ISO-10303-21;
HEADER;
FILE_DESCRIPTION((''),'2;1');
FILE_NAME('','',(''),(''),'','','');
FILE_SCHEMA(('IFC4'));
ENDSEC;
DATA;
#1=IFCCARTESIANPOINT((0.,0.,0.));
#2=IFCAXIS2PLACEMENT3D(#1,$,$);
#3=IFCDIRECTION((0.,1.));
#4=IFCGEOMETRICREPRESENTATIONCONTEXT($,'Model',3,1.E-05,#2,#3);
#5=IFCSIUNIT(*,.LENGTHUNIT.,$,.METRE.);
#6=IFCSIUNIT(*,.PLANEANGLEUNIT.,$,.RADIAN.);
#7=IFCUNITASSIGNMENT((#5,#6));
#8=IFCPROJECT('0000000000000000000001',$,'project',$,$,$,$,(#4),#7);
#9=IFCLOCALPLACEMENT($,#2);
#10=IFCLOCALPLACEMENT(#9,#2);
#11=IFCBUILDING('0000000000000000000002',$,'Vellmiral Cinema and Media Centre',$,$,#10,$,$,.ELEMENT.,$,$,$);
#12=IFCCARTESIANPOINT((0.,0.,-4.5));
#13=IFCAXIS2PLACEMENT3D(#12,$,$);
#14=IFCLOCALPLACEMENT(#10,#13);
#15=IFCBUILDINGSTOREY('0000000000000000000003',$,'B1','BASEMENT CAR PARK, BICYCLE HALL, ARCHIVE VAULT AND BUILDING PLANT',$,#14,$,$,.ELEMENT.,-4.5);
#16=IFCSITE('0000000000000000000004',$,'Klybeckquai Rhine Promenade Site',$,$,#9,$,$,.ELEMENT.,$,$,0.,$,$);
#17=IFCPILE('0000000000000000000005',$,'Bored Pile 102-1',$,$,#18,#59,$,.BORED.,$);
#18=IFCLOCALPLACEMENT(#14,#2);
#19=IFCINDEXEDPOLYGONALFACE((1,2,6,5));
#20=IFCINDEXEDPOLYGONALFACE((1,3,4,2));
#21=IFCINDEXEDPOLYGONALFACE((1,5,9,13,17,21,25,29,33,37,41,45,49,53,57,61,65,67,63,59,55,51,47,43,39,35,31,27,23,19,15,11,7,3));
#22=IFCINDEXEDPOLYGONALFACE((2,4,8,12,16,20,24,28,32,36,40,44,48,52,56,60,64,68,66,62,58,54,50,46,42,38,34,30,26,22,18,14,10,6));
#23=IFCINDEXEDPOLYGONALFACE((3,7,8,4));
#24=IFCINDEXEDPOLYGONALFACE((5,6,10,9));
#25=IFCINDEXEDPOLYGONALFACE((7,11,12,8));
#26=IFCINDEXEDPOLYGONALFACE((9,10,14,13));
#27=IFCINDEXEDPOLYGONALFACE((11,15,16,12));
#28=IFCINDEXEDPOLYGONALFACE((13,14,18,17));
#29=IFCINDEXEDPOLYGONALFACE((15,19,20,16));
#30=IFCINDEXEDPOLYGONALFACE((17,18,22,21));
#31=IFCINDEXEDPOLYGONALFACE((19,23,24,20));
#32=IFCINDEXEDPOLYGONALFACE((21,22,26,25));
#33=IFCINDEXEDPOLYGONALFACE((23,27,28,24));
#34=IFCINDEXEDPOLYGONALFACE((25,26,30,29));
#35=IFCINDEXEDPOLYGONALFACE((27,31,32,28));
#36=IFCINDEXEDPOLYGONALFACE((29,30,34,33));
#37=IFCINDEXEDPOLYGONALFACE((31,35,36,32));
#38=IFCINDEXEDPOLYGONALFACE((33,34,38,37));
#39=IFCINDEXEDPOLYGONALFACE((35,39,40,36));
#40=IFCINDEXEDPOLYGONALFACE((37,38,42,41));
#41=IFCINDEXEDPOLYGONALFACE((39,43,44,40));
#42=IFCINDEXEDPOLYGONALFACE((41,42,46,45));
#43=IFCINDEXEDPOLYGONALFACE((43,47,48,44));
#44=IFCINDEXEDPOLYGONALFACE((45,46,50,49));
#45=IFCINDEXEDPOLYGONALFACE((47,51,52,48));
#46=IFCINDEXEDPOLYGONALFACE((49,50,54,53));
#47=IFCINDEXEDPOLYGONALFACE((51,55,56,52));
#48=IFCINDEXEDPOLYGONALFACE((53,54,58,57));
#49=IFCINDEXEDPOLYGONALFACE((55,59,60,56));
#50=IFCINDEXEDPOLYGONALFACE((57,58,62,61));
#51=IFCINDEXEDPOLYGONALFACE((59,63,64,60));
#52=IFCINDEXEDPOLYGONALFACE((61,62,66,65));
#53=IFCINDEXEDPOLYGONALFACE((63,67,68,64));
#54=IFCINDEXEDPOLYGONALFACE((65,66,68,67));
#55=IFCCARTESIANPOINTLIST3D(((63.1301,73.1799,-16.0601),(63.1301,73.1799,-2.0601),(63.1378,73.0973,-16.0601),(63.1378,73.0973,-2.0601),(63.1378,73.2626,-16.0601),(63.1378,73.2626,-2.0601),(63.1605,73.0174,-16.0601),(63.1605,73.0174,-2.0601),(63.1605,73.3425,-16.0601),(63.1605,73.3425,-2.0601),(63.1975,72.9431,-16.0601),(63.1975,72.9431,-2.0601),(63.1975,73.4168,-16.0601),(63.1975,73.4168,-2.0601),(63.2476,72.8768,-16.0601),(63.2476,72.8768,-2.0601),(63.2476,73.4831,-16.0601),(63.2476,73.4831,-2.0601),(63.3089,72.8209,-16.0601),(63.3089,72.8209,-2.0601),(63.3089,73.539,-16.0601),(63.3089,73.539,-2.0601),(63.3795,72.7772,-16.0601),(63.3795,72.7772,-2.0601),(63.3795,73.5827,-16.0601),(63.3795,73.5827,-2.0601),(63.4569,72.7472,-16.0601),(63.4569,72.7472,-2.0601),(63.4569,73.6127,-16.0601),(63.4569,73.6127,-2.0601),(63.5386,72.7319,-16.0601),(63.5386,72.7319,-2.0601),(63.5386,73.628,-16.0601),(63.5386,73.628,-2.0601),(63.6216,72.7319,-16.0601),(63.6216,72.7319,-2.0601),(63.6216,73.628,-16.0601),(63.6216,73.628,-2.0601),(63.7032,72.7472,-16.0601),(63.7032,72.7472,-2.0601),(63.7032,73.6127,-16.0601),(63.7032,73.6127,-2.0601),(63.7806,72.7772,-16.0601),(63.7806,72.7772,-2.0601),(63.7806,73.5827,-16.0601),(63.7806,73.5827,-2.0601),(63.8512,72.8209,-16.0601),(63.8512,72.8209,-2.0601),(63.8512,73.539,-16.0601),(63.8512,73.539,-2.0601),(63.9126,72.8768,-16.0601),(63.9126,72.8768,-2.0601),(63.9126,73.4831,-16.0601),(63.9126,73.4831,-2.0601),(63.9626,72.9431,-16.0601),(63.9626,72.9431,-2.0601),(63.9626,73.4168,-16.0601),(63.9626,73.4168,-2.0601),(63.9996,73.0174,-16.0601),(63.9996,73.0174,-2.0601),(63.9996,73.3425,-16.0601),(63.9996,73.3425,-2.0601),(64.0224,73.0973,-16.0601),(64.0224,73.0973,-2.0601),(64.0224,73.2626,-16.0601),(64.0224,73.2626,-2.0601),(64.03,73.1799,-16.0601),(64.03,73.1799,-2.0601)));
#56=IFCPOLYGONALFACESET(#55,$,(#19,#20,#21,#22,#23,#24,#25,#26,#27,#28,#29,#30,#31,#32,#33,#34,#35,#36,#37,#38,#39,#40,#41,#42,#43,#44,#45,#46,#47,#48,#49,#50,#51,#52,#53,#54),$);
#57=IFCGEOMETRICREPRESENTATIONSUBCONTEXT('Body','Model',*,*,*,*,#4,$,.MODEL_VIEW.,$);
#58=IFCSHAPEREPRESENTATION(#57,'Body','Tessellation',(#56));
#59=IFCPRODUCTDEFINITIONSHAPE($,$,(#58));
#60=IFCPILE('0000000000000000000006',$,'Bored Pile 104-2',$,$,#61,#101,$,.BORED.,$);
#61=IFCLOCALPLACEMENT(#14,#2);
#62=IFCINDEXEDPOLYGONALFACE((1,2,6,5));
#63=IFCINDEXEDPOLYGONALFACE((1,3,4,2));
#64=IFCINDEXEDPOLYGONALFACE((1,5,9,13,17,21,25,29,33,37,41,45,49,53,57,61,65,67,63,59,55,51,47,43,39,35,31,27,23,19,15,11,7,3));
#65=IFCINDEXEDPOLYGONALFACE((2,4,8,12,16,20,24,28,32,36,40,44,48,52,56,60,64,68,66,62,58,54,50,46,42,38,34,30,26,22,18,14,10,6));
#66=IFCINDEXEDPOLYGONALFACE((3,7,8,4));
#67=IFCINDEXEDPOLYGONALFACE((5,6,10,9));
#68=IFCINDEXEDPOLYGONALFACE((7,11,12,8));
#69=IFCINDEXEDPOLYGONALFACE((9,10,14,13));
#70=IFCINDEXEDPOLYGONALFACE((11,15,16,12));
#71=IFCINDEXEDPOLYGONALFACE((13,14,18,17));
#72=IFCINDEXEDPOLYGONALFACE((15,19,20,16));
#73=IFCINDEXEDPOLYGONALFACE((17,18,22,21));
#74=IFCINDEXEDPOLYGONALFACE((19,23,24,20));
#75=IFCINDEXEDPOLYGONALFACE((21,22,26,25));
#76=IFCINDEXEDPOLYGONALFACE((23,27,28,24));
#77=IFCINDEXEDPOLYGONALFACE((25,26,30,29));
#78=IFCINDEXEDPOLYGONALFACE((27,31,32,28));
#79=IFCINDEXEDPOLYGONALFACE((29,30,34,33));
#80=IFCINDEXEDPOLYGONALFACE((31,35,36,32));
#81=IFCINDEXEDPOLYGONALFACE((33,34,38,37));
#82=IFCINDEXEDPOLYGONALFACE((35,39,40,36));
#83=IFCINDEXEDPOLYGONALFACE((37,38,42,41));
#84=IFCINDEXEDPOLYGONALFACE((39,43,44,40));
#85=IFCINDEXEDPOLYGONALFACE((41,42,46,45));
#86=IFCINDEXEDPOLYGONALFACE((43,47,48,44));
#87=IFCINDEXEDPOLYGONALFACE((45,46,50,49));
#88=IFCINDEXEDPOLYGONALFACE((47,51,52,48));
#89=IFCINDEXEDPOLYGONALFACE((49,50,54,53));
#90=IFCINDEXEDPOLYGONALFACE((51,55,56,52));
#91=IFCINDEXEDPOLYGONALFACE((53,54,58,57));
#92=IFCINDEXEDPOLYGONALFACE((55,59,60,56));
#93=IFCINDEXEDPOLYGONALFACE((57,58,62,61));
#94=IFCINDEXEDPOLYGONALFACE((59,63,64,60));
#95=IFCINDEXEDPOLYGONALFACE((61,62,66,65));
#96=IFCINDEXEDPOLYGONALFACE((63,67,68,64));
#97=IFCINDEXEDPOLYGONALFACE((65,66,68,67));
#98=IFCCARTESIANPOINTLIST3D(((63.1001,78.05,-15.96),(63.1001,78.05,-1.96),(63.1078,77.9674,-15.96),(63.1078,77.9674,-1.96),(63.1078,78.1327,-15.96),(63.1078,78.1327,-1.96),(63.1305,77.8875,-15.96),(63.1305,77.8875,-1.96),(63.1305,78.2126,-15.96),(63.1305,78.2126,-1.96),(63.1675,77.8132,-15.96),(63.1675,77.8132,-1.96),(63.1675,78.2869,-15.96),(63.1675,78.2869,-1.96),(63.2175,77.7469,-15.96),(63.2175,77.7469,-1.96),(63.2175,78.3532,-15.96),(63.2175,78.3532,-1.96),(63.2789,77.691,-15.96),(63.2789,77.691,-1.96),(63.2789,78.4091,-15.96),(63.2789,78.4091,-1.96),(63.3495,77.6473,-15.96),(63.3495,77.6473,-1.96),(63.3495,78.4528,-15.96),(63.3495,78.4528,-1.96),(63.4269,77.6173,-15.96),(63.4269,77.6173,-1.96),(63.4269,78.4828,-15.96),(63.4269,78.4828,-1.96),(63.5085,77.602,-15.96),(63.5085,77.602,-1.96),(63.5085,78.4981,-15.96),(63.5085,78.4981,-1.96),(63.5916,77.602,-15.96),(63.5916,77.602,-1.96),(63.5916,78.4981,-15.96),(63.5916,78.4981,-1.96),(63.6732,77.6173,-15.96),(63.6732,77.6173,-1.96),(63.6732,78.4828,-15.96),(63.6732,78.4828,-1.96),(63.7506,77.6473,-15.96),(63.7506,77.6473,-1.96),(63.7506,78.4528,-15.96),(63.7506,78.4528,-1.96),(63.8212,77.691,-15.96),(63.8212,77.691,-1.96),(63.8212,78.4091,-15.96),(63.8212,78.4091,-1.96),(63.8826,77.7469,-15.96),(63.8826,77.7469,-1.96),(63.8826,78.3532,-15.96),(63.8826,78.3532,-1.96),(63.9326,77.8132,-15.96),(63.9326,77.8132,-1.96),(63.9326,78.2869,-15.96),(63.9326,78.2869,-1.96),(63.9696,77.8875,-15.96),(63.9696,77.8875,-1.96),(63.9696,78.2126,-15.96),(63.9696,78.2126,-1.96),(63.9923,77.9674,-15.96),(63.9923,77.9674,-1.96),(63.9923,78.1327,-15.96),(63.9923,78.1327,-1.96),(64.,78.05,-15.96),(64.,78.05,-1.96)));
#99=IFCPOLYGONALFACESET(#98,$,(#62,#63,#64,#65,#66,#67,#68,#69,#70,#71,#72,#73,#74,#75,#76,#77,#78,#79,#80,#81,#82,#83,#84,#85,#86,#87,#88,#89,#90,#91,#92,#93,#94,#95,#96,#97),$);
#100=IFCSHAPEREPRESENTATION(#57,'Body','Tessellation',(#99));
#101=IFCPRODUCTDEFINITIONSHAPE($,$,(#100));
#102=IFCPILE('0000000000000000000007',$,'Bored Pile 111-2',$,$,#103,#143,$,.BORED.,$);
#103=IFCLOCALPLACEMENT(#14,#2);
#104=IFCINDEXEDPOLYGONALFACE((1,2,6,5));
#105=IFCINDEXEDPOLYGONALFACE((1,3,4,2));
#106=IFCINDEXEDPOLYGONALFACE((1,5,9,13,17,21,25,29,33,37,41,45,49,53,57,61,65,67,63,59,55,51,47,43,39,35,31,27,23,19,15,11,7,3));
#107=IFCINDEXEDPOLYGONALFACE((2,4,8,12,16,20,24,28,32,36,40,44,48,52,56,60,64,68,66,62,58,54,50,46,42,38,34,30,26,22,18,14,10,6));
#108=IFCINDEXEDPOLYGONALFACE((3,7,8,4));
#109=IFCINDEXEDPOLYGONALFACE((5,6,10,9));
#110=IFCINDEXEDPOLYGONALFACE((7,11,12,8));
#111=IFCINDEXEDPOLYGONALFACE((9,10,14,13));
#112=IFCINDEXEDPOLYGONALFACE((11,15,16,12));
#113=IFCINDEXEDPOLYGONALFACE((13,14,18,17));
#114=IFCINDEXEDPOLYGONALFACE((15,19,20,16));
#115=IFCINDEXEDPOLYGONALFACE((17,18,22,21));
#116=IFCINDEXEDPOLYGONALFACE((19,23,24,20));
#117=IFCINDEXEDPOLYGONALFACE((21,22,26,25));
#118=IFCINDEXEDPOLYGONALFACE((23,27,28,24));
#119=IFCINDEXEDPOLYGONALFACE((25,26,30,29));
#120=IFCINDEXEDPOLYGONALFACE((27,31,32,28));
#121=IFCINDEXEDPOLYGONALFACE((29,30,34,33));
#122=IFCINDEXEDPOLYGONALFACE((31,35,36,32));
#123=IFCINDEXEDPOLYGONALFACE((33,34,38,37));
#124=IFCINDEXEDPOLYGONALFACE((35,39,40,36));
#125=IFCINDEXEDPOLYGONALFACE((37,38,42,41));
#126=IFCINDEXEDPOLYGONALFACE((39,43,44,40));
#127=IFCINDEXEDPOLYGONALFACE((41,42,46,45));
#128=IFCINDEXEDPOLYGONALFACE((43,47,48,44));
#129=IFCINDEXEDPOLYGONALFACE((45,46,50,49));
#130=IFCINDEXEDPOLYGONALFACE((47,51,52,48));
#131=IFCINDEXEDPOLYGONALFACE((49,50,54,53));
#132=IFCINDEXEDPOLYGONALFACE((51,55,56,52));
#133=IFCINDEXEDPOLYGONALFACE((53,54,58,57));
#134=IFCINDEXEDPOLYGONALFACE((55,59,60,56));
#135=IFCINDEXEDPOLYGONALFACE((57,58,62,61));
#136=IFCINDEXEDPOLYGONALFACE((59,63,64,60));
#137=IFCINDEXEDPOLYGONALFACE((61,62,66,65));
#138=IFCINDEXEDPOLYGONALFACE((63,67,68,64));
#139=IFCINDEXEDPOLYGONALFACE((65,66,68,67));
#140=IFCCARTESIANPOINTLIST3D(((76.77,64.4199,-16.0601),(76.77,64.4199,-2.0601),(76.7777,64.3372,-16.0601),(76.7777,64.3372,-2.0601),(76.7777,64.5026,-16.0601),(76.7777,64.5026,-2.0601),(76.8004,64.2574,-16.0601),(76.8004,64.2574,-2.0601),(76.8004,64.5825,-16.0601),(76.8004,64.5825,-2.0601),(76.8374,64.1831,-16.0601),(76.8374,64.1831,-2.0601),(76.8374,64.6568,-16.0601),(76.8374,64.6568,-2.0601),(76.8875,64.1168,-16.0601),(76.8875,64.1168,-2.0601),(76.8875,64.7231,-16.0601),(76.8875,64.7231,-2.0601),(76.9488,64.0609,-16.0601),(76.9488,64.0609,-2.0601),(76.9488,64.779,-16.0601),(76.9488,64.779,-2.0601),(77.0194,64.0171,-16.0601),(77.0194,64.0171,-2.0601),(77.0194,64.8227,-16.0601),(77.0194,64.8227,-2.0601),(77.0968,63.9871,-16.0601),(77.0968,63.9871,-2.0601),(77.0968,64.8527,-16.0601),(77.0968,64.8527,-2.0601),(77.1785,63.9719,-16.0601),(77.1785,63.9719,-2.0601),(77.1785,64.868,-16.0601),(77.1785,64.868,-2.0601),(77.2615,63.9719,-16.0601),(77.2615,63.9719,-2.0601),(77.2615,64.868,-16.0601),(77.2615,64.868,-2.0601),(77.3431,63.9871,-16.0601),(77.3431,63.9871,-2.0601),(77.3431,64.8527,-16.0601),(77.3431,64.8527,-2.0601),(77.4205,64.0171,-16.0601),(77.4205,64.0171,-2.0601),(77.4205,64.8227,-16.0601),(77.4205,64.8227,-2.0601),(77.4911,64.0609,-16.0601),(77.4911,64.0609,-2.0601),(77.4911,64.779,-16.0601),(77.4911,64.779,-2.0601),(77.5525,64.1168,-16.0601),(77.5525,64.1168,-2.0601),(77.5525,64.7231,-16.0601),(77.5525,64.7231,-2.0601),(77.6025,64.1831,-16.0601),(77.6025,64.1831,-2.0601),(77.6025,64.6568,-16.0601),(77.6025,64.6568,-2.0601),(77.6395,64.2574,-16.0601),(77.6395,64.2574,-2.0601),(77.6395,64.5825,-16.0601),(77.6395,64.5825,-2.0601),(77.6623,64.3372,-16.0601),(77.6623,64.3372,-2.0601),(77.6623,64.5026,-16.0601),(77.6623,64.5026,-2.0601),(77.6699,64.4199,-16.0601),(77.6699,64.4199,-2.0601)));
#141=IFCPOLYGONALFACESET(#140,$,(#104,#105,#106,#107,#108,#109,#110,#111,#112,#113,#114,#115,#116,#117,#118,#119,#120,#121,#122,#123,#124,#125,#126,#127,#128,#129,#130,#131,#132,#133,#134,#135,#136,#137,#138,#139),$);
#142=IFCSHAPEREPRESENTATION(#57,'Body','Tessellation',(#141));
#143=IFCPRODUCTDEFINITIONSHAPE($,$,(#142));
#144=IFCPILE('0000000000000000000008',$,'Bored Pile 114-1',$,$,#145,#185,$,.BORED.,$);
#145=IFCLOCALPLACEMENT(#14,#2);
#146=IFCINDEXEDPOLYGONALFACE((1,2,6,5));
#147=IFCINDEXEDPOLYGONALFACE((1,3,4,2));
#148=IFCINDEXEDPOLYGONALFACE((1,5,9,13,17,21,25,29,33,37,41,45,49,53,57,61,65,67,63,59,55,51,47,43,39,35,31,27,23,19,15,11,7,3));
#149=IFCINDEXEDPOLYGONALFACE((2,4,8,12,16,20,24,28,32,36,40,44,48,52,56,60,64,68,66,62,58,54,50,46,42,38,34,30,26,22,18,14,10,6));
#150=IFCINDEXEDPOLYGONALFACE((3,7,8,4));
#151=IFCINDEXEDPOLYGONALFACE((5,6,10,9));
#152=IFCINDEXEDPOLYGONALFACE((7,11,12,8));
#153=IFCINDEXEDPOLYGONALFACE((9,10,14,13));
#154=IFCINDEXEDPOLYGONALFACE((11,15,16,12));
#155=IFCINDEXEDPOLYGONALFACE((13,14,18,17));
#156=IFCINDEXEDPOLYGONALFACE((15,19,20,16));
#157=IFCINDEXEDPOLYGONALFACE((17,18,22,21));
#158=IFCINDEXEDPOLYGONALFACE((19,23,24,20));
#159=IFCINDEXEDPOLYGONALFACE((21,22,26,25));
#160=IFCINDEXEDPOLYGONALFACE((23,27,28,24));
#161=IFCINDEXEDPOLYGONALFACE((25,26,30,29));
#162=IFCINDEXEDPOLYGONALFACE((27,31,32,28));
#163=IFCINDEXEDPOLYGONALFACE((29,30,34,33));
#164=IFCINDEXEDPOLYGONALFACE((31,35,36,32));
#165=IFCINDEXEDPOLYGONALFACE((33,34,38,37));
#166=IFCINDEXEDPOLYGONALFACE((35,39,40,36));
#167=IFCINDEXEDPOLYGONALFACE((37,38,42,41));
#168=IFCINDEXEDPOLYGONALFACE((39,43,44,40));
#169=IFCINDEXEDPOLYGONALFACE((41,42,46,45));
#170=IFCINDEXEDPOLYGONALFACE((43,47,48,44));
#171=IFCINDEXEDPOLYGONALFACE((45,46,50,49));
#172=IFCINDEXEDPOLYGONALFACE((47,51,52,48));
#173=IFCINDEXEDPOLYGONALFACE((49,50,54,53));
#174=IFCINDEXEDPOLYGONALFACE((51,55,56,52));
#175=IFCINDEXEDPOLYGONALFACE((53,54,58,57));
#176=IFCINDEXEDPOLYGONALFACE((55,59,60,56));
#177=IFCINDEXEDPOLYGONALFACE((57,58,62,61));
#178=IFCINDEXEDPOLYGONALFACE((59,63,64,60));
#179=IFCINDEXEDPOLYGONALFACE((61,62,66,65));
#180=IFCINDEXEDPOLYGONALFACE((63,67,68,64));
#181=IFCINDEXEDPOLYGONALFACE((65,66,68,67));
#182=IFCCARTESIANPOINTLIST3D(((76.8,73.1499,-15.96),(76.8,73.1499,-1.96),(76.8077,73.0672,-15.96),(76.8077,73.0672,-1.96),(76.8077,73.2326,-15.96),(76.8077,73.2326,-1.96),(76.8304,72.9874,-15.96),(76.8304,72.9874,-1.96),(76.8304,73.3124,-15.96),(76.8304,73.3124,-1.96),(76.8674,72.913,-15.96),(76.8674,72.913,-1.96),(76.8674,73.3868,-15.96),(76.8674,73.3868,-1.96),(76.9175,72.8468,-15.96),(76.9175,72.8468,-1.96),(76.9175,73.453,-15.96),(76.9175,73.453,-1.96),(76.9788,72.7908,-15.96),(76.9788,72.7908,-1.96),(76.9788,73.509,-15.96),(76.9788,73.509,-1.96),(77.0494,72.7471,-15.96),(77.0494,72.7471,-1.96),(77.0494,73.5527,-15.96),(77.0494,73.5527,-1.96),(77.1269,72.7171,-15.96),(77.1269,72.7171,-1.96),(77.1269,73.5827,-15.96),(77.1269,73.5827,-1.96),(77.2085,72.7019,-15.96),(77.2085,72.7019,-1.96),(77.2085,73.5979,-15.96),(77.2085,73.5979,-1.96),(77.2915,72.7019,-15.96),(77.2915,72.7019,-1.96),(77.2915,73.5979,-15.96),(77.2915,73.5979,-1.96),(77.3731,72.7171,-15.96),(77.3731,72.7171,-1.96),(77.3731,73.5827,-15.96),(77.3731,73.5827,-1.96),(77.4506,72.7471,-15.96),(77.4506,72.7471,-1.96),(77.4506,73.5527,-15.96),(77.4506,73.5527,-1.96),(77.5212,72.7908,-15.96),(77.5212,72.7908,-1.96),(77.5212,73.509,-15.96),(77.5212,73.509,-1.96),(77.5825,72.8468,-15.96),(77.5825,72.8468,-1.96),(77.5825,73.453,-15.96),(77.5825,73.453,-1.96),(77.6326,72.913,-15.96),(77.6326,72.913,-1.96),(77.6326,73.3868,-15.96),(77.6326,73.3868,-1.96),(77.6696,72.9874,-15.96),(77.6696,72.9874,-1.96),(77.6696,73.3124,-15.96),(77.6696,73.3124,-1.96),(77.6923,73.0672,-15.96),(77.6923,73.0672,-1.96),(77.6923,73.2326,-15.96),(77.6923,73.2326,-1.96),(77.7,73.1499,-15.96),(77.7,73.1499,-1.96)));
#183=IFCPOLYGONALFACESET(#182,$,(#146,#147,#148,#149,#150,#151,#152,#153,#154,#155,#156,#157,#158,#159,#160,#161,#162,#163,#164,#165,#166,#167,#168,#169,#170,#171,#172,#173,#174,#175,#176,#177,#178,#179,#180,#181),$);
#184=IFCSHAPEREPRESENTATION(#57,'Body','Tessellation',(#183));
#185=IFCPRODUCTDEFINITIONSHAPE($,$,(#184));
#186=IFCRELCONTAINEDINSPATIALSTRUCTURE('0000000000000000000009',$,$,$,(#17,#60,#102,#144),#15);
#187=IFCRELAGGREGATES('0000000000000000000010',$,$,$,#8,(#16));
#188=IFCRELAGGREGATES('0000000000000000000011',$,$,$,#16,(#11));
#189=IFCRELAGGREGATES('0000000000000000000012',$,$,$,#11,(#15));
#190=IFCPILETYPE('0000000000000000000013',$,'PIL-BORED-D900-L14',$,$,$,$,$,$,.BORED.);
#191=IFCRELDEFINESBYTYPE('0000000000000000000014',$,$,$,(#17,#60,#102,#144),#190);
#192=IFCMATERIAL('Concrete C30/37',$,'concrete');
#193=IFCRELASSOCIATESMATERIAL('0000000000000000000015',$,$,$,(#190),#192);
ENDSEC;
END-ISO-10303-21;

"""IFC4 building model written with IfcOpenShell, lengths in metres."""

from ifc_helpers import new_model, si_unit, direction, frame, origin, origin_2d, place, context, subcontext, project, spatial, circle, extrude, material, material_profile, profile_set, type_object, element, save


model = new_model("IFC4")

# Units and contexts
model_context = context("Model", 3, precision=1e-05, world=origin(), true_north=direction((0.0, 1.0)))
body_context = subcontext(model_context, "Body", "Model", "MODEL_VIEW")
ifc_project = project(units=[si_unit("LENGTHUNIT", "METRE"), si_unit("PLANEANGLEUNIT", "RADIAN")], contexts=[model_context])

# Site, building, storey
site_placement = place(None, origin())
site = spatial("IfcSite", under=ifc_project, at=site_placement, Name="Klybeckquai Rhine Promenade Site", CompositionType="ELEMENT", RefElevation=0.0)
building_placement = place(site_placement, origin())
building = spatial("IfcBuilding", under=site, at=building_placement, Name="Vellmiral Cinema and Media Centre", CompositionType="ELEMENT")
storey_placement = place(building_placement, frame((0.0, 0.0, -4.5)))
storey = spatial("IfcBuildingStorey", under=building, at=storey_placement, Name="B1", Description="BASEMENT CAR PARK, BICYCLE HALL, ARCHIVE VAULT AND BUILDING PLANT", CompositionType="ELEMENT", Elevation=-4.5)

# Piles
ifc_material_1 = material(Name="Concrete C30/37", Category="concrete")
ifc_material_profile_1 = material_profile(ifc_material_1, circle(Radius=0.45, at=origin_2d()), Name="PILE D900")
ifc_profile_set_1 = profile_set([ifc_material_profile_1], Name="Concrete C30/37")
pile_type_1 = type_object("IfcPileType", Name="PIL-BORED-D900-L14", PredefinedType="BORED", material=ifc_profile_set_1)
for number, where, z_axis, x_axis, name in (
    (1, (63.5801, 73.1799, -2.0601), (0.0, 0.0, -1.0), (1.0, 0.0, 0.0), "Bored Pile 102-1"),
    (2, (63.55, 78.05, -1.96), (0.0, 0.0, -1.0), (1.0, 0.0, 0.0), "Bored Pile 104-2"),
    (3, (77.22, 64.4199, -2.0601), (0.0, 0.0, -1.0), (1.0, 0.0, 0.0), "Bored Pile 111-2"),
    (4, (77.25, 73.1499, -1.96), (0.0, 0.0, -1.0), (1.0, 0.0, 0.0), "Bored Pile 114-1"),
):
    element("IfcPile", number, at=place(storey_placement, frame(where, z_axis=z_axis, x_axis=x_axis)), inside=storey, type_object=pile_type_1, Name=name, PredefinedType="BORED", context=body_context, shape_type="SweptSolid", body=[
        extrude(circle(Radius=0.45, at=origin_2d()), origin(), (0.0, 0.0, 1.0), 14.0),
    ])

save(model, "model.ifc")
